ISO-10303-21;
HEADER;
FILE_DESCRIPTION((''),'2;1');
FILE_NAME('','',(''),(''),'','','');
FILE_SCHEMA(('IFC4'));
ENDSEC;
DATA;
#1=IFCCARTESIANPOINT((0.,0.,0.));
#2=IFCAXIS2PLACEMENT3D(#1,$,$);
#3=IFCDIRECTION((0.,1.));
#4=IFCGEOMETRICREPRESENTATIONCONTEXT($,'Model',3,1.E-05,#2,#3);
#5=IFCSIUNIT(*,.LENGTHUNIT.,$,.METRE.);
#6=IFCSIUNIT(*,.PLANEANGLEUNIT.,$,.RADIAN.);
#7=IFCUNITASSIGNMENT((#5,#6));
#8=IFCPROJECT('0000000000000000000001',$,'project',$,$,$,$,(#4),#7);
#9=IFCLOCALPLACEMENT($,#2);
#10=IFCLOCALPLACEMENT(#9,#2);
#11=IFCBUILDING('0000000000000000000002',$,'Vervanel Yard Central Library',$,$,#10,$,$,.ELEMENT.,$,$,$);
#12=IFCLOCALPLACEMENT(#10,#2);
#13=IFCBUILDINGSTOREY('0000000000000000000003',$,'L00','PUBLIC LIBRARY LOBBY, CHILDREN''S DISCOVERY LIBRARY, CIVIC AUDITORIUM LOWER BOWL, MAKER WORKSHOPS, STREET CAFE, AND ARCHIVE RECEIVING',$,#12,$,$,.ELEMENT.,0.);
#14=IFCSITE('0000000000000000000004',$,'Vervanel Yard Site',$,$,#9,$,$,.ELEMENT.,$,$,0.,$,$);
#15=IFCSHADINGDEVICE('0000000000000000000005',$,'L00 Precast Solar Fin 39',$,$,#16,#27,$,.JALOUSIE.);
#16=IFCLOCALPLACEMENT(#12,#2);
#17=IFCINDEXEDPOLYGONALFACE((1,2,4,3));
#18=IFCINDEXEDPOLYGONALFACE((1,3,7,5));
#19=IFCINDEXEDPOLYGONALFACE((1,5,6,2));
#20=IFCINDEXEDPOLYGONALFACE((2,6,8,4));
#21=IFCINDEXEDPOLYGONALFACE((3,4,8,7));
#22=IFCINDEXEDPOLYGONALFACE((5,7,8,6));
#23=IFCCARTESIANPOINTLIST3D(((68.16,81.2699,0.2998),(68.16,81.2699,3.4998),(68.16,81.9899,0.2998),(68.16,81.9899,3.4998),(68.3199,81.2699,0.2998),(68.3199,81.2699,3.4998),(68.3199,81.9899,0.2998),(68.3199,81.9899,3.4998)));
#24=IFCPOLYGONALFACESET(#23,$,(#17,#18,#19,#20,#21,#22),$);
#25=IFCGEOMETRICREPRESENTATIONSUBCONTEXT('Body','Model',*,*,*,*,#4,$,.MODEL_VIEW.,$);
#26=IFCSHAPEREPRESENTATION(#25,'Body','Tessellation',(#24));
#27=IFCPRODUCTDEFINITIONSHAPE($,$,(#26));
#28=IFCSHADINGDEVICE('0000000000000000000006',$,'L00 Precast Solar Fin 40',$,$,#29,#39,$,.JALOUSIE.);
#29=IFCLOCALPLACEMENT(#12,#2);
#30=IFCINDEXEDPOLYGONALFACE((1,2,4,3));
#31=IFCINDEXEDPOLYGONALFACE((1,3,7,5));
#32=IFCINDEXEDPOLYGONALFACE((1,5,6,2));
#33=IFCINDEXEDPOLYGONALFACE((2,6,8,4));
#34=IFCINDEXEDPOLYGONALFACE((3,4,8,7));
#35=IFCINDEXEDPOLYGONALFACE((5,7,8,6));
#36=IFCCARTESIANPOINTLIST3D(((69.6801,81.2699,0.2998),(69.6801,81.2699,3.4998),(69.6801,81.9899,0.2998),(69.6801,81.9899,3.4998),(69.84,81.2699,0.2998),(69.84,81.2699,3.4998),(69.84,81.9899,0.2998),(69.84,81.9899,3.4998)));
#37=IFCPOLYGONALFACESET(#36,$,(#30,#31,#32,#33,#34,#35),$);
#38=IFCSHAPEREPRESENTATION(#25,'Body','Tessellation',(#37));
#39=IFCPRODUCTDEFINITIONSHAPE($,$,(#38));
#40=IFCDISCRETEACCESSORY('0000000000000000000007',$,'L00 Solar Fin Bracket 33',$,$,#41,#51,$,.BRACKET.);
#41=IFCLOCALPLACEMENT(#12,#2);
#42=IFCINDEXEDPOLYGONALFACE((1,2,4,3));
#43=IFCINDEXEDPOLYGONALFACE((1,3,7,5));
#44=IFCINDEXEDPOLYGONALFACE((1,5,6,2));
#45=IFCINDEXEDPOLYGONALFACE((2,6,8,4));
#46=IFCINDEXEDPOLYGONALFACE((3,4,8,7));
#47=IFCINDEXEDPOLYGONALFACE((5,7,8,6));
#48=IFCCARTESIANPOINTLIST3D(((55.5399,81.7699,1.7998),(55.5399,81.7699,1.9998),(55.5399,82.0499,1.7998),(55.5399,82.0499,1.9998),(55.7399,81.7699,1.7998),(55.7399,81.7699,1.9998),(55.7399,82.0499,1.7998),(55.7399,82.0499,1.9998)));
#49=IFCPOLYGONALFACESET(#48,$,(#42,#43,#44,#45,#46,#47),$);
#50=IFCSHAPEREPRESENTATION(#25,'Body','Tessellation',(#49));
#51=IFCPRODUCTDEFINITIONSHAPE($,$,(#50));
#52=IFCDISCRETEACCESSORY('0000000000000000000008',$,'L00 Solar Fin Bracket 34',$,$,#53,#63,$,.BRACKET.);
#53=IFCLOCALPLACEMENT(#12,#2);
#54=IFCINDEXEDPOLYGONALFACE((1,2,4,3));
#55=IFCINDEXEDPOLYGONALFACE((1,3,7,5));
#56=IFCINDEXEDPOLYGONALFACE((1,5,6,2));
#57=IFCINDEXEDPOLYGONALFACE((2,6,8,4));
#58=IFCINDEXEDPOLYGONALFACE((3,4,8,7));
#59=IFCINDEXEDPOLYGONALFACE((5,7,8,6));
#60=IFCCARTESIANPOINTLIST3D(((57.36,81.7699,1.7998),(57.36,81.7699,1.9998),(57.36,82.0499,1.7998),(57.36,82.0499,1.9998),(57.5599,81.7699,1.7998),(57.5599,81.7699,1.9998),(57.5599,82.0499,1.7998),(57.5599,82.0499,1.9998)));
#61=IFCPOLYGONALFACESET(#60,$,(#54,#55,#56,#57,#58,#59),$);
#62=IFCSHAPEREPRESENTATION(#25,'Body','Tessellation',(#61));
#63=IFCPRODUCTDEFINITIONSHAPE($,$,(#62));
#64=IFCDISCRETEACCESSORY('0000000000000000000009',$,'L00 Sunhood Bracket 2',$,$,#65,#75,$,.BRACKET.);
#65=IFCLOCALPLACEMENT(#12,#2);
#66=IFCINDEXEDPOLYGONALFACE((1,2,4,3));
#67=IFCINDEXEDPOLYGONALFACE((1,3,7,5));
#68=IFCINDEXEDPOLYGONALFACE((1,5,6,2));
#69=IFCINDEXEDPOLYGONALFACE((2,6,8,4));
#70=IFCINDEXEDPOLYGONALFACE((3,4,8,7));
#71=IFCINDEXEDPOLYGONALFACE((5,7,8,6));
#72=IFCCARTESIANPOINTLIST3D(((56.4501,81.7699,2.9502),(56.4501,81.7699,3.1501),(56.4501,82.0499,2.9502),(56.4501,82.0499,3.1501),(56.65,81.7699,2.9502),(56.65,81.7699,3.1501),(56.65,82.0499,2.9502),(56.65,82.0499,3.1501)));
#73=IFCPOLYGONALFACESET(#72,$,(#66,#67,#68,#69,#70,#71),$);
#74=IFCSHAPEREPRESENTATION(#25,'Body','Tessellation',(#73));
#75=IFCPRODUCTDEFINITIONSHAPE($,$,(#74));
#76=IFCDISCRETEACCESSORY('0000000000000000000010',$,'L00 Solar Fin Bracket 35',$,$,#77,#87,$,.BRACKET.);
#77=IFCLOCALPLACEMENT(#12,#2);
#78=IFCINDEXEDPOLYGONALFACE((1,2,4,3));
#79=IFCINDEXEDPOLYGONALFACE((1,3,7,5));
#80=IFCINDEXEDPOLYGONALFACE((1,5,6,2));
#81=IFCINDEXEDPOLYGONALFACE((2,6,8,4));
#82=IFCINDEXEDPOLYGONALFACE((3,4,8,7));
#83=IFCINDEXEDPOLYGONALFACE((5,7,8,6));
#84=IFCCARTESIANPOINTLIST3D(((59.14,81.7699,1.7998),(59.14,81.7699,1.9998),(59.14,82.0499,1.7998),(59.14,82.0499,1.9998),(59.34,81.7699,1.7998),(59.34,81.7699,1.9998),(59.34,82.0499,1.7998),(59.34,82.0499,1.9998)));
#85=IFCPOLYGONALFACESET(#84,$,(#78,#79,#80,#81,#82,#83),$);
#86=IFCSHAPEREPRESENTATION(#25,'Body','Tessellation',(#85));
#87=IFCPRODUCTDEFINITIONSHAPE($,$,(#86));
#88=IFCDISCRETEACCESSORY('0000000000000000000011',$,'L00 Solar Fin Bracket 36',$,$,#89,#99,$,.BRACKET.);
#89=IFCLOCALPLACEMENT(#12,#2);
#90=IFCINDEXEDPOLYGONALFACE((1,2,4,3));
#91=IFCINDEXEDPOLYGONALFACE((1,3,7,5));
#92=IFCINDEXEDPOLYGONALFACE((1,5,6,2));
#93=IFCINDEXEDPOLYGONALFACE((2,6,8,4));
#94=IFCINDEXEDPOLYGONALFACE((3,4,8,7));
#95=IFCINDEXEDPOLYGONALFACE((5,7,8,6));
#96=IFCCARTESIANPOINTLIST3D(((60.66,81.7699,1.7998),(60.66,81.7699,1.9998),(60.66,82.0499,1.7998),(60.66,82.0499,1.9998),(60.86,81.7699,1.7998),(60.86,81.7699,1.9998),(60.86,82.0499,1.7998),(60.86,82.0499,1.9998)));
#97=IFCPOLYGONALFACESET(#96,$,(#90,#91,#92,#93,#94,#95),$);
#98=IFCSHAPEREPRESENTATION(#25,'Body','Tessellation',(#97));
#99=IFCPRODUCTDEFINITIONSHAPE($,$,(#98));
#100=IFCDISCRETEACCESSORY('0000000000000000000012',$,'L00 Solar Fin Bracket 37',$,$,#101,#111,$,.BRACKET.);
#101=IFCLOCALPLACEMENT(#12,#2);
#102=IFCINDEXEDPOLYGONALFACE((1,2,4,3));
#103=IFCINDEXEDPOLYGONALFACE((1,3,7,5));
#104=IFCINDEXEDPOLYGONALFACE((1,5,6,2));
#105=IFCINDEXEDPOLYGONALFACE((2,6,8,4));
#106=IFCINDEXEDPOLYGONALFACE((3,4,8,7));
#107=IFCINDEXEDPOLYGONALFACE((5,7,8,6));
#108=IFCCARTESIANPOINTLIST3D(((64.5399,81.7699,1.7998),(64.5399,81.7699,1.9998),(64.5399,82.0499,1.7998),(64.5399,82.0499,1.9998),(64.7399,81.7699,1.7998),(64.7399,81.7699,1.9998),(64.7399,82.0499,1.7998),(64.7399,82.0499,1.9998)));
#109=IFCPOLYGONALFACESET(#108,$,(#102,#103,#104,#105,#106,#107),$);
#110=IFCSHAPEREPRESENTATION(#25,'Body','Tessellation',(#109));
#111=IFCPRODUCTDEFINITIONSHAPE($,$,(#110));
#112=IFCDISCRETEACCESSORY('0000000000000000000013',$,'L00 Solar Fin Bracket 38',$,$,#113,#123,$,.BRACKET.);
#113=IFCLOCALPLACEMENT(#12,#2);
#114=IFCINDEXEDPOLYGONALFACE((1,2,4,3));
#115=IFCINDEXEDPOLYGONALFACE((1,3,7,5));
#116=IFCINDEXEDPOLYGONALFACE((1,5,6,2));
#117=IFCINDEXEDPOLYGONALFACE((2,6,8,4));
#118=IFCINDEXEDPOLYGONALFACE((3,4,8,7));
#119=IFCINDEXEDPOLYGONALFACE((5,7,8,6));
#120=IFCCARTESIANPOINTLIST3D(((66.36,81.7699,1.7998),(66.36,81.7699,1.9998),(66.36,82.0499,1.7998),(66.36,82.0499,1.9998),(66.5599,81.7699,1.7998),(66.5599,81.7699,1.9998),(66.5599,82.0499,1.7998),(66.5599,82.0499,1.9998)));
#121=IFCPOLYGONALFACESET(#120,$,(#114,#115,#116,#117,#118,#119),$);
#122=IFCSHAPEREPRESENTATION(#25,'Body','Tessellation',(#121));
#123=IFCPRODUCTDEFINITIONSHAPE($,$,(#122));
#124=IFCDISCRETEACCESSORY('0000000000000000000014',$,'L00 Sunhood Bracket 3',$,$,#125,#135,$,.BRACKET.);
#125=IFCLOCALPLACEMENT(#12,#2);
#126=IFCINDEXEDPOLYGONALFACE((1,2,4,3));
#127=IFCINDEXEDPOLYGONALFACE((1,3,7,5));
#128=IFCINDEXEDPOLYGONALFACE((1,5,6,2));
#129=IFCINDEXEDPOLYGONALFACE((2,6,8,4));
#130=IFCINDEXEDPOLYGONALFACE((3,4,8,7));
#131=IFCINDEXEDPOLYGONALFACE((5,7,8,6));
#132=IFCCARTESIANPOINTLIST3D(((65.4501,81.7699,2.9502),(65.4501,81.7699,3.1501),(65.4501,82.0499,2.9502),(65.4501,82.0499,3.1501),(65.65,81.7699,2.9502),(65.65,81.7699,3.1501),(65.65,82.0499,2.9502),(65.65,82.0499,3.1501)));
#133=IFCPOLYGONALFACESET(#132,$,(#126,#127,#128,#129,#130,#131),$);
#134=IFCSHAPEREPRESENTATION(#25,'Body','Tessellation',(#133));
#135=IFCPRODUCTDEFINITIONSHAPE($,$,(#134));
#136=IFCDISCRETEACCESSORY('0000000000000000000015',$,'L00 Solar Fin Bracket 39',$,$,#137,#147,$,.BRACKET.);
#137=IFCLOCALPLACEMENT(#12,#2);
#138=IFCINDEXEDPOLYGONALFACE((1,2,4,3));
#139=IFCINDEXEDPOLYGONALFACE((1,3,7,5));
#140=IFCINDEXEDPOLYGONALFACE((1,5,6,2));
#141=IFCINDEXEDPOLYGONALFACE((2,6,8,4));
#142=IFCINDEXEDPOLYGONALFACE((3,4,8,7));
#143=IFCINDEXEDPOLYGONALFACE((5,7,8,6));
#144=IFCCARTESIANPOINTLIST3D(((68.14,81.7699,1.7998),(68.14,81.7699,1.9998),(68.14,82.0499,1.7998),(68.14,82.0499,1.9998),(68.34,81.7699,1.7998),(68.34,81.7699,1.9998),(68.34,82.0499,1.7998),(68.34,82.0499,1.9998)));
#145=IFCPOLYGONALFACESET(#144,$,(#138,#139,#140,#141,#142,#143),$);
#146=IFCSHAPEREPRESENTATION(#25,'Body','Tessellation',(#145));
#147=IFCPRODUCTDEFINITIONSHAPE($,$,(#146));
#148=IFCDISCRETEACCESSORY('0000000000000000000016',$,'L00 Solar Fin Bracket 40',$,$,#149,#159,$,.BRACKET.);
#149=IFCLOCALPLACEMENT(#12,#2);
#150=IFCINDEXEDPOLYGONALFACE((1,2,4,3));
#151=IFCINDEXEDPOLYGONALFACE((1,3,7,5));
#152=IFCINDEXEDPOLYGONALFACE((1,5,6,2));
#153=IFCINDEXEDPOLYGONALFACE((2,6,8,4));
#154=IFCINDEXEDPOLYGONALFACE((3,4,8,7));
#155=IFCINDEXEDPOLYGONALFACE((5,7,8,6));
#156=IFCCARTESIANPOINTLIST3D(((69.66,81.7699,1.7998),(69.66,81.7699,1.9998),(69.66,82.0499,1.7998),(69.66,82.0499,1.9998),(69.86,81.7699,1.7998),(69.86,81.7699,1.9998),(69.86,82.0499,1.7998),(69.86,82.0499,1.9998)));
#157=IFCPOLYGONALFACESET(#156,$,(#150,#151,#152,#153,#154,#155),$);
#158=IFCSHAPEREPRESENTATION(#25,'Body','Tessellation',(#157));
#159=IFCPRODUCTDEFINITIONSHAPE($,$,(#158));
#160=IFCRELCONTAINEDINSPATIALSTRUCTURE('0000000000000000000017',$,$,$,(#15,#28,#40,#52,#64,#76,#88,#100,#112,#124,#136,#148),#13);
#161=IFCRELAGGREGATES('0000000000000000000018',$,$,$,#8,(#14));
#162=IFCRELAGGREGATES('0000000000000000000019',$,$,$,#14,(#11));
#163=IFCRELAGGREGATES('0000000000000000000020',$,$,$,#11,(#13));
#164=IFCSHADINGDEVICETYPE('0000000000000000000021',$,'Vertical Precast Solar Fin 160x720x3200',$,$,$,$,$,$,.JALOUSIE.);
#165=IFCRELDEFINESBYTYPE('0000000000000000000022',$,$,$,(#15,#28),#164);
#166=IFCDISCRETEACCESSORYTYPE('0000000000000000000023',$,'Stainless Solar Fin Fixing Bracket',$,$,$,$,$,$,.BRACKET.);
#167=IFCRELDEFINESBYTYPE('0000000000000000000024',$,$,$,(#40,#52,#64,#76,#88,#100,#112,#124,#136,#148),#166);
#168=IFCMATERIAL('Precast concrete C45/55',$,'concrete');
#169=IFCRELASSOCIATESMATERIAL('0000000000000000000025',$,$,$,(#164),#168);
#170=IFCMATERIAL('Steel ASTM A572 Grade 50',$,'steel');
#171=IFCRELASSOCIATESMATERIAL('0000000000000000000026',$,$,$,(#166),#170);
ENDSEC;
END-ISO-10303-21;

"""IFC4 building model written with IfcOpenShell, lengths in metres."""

from ifc_helpers import new_model, si_unit, direction, frame, origin, origin_2d, place, context, subcontext, project, spatial, rectangle, extrude, material, type_object, element, save


model = new_model("IFC4")

# Units and contexts
model_context = context("Model", 3, precision=1e-05, world=origin(), true_north=direction((0.0, 1.0)))
body_context = subcontext(model_context, "Body", "Model", "MODEL_VIEW")
ifc_project = project(units=[si_unit("LENGTHUNIT", "METRE"), si_unit("PLANEANGLEUNIT", "RADIAN")], contexts=[model_context])

# Site, building, storey
site_placement = place(None, origin())
site = spatial("IfcSite", under=ifc_project, at=site_placement, Name="Vervanel Yard Site", CompositionType="ELEMENT", RefElevation=0.0)
building_placement = place(site_placement, origin())
building = spatial("IfcBuilding", under=site, at=building_placement, Name="Vervanel Yard Central Library", CompositionType="ELEMENT")
storey_placement = place(building_placement, origin())
storey = spatial("IfcBuildingStorey", under=building, at=storey_placement, Name="L00", Description="PUBLIC LIBRARY LOBBY, CHILDREN'S DISCOVERY LIBRARY, CIVIC AUDITORIUM LOWER BOWL, MAKER WORKSHOPS, STREET CAFE, AND ARCHIVE RECEIVING", CompositionType="ELEMENT", Elevation=0.0)

# Shared definitions
ifc_material_1 = material(Name="Precast concrete C45/55", Category="concrete")

# Shading devices
shading_device_type_1 = type_object("IfcShadingDeviceType", Name="Vertical Precast Solar Fin 160x720x3200", PredefinedType="JALOUSIE", material=ifc_material_1)
for number, where, z_axis, x_axis, name in (
    (1, (68.24, 81.6299, 0.2998), (0.0, 0.0, 1.0), (1.0, 0.0, 0.0), "L00 Precast Solar Fin 39"),
    (2, (69.76, 81.6299, 0.2998), (0.0, 0.0, 1.0), (1.0, 0.0, 0.0), "L00 Precast Solar Fin 40"),
):
    element("IfcShadingDevice", number, at=place(storey_placement, frame(where, z_axis=z_axis, x_axis=x_axis)), inside=storey, type_object=shading_device_type_1, Name=name, PredefinedType="JALOUSIE", context=body_context, shape_type="SweptSolid", body=[
        extrude(rectangle(XDim=0.1599, YDim=0.72, at=origin_2d()), origin(), (0.0, 0.0, 1.0), 3.2),
    ])

# Discrete accessories
ifc_material_2 = material(Name="Steel ASTM A572 Grade 50", Category="steel")
discrete_accessory_type = type_object("IfcDiscreteAccessoryType", Name="Stainless Solar Fin Fixing Bracket", PredefinedType="BRACKET", material=ifc_material_2)
for number, where, z_axis, x_axis, name in (
    (3, (55.6399, 81.9099, 1.7998), (0.0, 0.0, 1.0), (1.0, 0.0, 0.0), "L00 Solar Fin Bracket 33"),
    (4, (57.46, 81.9099, 1.7998), (0.0, 0.0, 1.0), (1.0, 0.0, 0.0), "L00 Solar Fin Bracket 34"),
    (5, (56.55, 81.9099, 2.9502), (0.0, 0.0, 1.0), (1.0, 0.0, 0.0), "L00 Sunhood Bracket 2"),
    (6, (59.24, 81.9099, 1.7998), (0.0, 0.0, 1.0), (1.0, 0.0, 0.0), "L00 Solar Fin Bracket 35"),
    (7, (60.76, 81.9099, 1.7998), (0.0, 0.0, 1.0), (1.0, 0.0, 0.0), "L00 Solar Fin Bracket 36"),
    (8, (64.6399, 81.9099, 1.7998), (0.0, 0.0, 1.0), (1.0, 0.0, 0.0), "L00 Solar Fin Bracket 37"),
    (9, (66.46, 81.9099, 1.7998), (0.0, 0.0, 1.0), (1.0, 0.0, 0.0), "L00 Solar Fin Bracket 38"),
    (10, (65.55, 81.9099, 2.9502), (0.0, 0.0, 1.0), (1.0, 0.0, 0.0), "L00 Sunhood Bracket 3"),
    (11, (68.24, 81.9099, 1.7998), (0.0, 0.0, 1.0), (1.0, 0.0, 0.0), "L00 Solar Fin Bracket 39"),
    (12, (69.76, 81.9099, 1.7998), (0.0, 0.0, 1.0), (1.0, 0.0, 0.0), "L00 Solar Fin Bracket 40"),
):
    element("IfcDiscreteAccessory", number, at=place(storey_placement, frame(where, z_axis=z_axis, x_axis=x_axis)), inside=storey, type_object=discrete_accessory_type, Name=name, PredefinedType="BRACKET", context=body_context, shape_type="SweptSolid", body=[
        extrude(rectangle(XDim=0.2, YDim=0.28, at=origin_2d()), origin(), (0.0, 0.0, 1.0), 0.2),
    ])

save(model, "model.ifc")
